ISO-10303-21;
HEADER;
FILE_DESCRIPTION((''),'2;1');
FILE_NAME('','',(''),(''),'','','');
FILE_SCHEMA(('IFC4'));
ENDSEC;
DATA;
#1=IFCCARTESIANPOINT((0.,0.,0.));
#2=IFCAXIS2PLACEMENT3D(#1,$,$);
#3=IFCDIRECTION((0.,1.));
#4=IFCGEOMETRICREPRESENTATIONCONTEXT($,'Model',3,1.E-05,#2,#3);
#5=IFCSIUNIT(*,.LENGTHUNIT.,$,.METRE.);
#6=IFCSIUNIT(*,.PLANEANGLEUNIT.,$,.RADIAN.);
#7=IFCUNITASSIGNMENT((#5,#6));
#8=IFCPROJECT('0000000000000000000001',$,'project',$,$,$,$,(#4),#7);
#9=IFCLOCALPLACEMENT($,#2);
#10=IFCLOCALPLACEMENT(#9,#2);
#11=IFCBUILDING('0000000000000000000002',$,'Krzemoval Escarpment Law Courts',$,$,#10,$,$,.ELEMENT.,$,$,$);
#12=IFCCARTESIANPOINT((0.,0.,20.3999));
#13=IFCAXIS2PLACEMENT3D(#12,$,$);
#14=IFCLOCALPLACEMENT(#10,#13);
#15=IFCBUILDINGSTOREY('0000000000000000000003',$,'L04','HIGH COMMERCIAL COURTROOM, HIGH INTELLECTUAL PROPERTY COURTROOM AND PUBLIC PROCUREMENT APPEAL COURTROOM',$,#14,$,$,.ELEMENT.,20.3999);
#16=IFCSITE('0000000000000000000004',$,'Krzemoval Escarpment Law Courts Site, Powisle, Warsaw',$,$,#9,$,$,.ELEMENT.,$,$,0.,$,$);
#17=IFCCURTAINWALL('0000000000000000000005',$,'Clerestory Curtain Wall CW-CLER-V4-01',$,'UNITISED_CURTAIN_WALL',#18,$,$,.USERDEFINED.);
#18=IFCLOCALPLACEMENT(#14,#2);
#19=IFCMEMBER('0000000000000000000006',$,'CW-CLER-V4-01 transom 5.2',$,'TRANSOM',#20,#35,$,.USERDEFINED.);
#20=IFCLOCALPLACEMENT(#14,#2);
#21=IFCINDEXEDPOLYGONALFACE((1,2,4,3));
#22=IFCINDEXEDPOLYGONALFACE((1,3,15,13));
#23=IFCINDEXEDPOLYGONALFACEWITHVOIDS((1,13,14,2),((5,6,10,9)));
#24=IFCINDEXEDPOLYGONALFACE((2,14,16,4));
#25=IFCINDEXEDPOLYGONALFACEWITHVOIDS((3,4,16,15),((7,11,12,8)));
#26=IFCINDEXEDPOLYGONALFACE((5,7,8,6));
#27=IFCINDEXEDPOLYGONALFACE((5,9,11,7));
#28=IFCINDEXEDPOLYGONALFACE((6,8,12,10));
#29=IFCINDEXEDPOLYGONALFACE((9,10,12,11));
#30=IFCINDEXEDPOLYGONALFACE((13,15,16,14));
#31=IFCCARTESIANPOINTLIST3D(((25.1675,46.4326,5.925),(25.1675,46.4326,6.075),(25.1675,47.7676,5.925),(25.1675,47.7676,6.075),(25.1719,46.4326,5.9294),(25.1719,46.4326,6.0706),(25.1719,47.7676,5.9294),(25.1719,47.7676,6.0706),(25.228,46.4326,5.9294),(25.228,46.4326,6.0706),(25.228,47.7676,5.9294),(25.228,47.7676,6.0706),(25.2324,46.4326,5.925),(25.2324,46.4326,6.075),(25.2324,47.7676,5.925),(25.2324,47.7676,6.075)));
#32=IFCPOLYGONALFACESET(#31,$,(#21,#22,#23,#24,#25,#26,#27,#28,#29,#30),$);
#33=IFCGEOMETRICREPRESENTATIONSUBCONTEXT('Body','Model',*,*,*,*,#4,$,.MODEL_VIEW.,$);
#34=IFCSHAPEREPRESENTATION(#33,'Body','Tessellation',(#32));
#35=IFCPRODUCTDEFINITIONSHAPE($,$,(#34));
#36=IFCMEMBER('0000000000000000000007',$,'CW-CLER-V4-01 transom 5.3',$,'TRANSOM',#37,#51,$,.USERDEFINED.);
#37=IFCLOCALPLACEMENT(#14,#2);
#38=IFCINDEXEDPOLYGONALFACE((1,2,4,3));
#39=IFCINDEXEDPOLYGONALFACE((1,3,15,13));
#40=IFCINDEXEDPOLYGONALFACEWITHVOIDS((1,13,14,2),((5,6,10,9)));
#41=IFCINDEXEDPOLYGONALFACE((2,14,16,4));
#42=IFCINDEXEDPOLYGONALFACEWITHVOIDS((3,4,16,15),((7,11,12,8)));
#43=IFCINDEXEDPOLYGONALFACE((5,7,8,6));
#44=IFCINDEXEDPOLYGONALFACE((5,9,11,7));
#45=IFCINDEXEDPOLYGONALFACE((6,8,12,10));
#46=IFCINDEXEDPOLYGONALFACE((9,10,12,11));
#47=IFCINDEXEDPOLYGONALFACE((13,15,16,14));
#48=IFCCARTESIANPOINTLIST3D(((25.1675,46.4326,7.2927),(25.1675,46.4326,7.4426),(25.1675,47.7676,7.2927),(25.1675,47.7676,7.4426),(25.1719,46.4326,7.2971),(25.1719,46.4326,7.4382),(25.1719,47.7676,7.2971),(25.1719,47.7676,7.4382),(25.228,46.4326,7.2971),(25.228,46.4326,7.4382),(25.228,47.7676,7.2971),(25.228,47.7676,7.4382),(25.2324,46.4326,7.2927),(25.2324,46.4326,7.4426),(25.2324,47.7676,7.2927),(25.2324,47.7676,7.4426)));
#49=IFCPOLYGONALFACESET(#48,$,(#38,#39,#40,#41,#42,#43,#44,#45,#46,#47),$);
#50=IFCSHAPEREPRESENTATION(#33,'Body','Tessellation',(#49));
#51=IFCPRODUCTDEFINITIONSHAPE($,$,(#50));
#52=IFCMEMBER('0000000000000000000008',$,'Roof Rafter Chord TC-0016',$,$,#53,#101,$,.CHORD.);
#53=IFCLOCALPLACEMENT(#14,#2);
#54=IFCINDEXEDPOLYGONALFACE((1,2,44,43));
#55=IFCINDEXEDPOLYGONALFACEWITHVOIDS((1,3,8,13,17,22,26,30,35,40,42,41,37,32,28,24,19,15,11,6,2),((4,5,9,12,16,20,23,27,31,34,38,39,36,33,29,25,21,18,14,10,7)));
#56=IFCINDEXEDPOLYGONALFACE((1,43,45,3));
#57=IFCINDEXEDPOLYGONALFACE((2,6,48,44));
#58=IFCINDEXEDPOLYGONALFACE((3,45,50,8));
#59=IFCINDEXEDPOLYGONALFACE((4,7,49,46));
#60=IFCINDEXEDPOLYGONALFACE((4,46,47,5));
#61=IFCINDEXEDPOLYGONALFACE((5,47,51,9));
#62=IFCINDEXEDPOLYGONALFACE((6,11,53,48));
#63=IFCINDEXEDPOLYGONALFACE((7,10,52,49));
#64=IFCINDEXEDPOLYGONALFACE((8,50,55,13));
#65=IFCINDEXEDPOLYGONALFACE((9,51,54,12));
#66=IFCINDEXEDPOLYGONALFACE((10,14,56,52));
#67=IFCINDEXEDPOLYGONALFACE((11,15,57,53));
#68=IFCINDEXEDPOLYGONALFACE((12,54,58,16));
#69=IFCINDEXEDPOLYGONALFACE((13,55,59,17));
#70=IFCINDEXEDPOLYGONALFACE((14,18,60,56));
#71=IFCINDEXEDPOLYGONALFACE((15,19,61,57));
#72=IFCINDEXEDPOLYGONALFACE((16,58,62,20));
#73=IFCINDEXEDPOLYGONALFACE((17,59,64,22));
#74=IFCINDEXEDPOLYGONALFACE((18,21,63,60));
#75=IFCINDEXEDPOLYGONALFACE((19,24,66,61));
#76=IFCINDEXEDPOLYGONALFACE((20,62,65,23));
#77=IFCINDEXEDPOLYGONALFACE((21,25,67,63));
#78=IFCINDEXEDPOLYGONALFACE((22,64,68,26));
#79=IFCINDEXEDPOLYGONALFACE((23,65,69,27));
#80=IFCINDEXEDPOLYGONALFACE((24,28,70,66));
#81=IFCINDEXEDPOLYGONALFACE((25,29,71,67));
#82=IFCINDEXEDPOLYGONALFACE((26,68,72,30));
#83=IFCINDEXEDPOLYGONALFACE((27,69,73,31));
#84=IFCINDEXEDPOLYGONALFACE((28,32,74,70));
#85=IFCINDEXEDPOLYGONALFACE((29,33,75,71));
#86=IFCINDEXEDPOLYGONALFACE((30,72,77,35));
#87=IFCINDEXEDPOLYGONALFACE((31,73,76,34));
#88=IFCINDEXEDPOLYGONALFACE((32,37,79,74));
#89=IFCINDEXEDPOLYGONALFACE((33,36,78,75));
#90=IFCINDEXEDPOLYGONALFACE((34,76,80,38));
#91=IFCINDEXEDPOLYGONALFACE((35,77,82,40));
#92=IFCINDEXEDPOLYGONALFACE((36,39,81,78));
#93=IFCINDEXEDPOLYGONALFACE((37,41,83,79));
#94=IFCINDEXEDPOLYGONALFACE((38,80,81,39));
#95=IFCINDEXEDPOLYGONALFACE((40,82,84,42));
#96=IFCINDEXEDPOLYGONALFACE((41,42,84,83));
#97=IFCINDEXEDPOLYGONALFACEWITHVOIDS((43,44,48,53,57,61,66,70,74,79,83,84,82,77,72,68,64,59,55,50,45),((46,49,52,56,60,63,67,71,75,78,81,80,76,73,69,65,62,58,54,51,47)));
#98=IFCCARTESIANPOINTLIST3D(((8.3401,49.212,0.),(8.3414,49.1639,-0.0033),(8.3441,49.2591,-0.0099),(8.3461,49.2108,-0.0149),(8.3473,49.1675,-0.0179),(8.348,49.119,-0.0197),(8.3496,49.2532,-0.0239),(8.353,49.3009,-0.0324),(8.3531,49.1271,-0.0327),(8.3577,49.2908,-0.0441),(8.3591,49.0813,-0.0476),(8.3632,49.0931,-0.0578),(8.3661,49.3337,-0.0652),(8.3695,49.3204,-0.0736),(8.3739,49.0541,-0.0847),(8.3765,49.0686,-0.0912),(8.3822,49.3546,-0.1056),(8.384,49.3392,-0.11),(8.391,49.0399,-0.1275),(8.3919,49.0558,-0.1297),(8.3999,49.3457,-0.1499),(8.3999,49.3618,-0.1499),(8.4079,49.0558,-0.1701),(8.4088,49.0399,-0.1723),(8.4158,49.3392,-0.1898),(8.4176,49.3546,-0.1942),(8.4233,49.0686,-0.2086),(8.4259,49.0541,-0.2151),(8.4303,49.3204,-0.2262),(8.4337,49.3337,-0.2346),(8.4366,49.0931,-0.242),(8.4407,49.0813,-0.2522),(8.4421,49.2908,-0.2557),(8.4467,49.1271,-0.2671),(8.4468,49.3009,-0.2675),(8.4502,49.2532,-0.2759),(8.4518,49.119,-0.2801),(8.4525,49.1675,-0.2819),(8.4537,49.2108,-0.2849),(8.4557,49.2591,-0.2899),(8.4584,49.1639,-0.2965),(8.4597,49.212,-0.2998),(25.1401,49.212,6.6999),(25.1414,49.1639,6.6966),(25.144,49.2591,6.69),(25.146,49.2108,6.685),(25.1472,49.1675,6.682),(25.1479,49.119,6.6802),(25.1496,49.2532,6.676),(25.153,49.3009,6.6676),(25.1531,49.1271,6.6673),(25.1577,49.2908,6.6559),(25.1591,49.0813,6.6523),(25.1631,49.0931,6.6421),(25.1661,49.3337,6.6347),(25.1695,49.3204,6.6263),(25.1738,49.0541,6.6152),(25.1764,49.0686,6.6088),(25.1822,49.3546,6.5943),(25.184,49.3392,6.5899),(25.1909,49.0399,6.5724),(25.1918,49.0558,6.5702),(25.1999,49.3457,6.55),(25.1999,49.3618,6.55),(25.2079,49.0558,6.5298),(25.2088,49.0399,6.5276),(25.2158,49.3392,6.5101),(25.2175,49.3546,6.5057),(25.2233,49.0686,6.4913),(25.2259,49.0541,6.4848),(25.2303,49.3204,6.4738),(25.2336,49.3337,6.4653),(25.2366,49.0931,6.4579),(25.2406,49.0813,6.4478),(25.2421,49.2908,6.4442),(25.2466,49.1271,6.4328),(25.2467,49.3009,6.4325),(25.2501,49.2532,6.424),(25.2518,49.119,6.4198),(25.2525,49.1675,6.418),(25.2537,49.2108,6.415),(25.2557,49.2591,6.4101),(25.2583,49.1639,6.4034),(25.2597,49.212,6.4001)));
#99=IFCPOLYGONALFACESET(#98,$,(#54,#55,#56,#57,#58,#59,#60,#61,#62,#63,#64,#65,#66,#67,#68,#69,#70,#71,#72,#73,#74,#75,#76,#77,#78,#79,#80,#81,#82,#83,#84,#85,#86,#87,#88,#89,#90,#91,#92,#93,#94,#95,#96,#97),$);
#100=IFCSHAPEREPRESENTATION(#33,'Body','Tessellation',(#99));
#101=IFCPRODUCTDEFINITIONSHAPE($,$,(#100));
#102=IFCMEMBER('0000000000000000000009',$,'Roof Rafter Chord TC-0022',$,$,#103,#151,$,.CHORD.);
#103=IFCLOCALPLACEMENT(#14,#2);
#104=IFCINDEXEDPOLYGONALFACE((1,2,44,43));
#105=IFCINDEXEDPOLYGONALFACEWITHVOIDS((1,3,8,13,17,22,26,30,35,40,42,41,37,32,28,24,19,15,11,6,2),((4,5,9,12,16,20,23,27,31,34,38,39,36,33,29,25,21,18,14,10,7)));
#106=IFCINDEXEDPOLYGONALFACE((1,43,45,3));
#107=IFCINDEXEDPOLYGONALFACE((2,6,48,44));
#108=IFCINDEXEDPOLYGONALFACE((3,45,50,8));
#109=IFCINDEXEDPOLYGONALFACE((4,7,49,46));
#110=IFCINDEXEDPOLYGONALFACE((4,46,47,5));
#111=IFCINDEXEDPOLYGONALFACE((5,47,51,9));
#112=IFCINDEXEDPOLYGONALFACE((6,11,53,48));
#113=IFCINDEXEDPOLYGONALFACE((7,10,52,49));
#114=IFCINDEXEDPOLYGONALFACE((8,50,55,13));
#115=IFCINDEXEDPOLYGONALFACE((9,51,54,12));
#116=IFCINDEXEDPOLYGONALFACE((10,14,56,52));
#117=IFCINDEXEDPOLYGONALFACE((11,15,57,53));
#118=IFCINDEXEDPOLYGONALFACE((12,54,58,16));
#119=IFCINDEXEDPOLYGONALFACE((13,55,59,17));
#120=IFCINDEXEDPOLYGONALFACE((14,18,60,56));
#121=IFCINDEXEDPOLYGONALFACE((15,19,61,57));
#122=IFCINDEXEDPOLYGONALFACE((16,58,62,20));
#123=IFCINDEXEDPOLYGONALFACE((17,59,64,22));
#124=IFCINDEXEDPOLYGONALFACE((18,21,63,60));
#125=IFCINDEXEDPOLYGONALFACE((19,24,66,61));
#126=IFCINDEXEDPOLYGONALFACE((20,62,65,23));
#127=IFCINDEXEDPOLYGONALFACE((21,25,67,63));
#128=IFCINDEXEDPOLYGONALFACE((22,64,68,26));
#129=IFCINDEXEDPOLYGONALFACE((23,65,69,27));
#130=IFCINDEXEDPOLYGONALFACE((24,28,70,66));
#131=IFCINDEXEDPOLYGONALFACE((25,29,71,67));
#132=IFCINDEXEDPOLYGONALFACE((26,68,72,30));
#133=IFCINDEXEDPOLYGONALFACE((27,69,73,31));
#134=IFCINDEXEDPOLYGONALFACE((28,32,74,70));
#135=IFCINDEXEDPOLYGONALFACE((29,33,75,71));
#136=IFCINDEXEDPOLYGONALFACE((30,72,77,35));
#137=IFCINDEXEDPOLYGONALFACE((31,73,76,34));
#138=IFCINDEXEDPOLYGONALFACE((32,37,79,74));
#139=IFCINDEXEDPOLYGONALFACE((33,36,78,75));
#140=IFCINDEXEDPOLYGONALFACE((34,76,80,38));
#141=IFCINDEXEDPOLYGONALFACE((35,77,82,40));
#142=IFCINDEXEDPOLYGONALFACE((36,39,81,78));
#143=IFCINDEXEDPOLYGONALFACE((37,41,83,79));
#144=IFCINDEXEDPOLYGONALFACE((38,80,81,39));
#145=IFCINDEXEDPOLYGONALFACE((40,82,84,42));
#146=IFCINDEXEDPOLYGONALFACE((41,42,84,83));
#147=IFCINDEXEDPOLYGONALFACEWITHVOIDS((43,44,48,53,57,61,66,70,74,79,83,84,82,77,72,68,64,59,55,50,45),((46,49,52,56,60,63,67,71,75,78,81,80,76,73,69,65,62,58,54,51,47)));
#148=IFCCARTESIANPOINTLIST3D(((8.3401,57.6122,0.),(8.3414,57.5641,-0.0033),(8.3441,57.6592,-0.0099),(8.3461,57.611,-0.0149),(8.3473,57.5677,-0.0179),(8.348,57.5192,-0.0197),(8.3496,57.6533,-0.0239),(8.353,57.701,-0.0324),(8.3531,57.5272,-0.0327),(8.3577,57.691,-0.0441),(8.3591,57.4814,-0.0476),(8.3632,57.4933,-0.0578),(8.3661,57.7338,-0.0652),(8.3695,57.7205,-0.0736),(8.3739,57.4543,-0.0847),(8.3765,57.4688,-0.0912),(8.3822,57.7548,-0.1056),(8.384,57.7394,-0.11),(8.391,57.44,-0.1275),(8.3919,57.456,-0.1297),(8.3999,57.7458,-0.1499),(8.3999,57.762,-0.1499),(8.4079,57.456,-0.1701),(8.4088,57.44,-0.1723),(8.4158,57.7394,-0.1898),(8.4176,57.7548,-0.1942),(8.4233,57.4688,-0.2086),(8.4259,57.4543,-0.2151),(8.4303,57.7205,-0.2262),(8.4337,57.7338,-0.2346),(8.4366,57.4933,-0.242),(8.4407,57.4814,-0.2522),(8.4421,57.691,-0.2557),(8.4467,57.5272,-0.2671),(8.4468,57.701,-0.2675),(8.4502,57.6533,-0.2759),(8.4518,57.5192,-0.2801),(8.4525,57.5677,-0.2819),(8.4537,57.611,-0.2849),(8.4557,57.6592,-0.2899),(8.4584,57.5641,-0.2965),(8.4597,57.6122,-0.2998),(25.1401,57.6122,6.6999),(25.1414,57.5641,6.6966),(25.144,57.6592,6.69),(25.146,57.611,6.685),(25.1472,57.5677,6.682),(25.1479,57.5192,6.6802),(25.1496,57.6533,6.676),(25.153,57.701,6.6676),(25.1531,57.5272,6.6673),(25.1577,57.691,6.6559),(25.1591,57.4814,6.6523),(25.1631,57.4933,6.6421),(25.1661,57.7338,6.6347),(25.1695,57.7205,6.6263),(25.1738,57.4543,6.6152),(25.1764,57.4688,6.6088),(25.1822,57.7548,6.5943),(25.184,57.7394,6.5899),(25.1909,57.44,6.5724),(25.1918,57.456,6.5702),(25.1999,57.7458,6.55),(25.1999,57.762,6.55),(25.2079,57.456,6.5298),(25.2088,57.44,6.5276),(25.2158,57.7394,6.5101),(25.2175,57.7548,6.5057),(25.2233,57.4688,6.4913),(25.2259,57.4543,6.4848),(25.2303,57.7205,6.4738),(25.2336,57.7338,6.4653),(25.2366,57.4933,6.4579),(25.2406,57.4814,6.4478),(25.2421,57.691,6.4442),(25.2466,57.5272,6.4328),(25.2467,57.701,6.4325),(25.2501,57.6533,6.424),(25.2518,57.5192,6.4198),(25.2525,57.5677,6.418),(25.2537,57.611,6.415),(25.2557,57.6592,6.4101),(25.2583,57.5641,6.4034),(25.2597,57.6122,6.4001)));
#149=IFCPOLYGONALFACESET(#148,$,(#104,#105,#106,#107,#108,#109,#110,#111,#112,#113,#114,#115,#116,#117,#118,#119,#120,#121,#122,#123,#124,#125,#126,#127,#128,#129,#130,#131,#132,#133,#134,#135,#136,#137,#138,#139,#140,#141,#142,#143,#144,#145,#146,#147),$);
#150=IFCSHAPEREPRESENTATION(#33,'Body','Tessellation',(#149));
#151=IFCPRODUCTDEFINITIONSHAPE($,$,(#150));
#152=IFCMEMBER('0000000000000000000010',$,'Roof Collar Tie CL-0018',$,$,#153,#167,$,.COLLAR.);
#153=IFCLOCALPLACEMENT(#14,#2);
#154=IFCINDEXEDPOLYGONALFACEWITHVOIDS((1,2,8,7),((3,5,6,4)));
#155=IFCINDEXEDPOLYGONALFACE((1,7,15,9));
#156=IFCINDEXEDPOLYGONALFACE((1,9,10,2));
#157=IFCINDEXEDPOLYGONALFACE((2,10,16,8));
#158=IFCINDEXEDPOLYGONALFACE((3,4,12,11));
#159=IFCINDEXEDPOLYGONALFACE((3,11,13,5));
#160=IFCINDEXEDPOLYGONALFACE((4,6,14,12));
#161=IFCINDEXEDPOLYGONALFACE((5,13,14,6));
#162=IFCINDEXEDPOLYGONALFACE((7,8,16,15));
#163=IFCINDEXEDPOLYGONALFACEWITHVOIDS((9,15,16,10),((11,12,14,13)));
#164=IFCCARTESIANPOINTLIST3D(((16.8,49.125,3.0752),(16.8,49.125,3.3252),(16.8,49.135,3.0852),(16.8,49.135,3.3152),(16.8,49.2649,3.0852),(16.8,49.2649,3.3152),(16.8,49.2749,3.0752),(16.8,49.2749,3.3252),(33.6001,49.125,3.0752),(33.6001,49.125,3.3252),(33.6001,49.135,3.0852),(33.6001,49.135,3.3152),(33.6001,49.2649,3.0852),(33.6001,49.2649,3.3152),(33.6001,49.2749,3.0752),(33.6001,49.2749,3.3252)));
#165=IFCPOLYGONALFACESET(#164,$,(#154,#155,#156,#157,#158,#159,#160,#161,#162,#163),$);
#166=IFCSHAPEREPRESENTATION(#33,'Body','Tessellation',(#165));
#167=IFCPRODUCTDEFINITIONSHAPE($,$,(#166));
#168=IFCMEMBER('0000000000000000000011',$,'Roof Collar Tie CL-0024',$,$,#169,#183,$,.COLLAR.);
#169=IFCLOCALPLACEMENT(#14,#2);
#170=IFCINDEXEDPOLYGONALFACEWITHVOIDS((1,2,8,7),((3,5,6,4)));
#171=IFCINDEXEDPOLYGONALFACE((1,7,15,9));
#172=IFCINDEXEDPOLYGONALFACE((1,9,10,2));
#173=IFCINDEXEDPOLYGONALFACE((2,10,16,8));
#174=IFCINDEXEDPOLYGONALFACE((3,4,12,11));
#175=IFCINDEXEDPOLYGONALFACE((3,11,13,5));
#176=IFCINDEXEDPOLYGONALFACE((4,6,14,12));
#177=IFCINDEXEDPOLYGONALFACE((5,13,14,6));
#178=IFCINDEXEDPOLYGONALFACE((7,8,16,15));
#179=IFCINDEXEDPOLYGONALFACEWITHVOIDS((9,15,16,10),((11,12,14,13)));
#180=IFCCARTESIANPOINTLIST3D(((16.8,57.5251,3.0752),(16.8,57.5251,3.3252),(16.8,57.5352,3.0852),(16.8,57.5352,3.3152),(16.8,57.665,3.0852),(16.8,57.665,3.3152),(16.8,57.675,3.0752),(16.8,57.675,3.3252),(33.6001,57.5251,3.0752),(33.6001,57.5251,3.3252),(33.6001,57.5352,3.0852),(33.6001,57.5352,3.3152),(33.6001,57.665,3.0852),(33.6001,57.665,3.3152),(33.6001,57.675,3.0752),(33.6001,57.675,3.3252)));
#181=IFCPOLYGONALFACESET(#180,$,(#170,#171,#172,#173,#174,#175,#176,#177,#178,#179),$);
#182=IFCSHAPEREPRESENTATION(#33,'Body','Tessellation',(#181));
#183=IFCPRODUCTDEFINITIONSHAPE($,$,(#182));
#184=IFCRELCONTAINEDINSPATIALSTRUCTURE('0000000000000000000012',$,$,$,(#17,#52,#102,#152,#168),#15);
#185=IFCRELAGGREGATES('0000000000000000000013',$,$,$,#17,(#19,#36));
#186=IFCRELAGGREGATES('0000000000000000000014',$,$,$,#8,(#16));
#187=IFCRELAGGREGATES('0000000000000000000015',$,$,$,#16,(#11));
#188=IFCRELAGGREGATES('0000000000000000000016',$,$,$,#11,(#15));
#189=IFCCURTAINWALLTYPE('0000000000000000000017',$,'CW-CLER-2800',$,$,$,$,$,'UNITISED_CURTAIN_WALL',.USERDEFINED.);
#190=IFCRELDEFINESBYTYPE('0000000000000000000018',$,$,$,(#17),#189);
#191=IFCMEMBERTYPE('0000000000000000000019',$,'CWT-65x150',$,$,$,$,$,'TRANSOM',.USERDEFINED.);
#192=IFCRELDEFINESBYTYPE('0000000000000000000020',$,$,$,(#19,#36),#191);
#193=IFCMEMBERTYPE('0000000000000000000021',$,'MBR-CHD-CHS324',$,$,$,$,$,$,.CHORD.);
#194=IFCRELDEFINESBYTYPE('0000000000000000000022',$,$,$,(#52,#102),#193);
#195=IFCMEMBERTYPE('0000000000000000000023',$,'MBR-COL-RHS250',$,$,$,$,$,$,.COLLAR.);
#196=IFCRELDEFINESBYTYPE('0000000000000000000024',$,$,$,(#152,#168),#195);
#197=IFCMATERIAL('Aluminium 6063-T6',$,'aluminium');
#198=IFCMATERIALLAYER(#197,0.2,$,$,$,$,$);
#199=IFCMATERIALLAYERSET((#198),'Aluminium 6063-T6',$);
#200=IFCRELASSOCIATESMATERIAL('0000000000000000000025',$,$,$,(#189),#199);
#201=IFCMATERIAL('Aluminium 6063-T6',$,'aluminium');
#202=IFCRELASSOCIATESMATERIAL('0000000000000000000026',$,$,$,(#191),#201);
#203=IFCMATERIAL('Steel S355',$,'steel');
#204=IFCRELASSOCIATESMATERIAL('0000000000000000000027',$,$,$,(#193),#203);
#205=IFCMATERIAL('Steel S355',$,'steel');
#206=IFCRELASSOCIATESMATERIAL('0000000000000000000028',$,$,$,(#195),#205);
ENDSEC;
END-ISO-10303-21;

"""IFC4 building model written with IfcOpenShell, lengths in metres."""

from ifc_helpers import new_model, si_unit, direction, frame, origin, origin_2d, place, context, subcontext, project, spatial, hollow_rectangle, hollow_circle, extrude, material, layer, layer_set, material_profile, profile_set, type_object, element, aggregate, save


model = new_model("IFC4")

# Units and contexts
model_context = context("Model", 3, precision=1e-05, world=origin(), true_north=direction((0.0, 1.0)))
body_context = subcontext(model_context, "Body", "Model", "MODEL_VIEW")
ifc_project = project(units=[si_unit("LENGTHUNIT", "METRE"), si_unit("PLANEANGLEUNIT", "RADIAN")], contexts=[model_context])

# Site, building, storey
site_placement = place(None, origin())
site = spatial("IfcSite", under=ifc_project, at=site_placement, Name="Krzemoval Escarpment Law Courts Site, Powisle, Warsaw", CompositionType="ELEMENT", RefElevation=0.0)
building_placement = place(site_placement, origin())
building = spatial("IfcBuilding", under=site, at=building_placement, Name="Krzemoval Escarpment Law Courts", CompositionType="ELEMENT")
storey_placement = place(building_placement, frame((0.0, 0.0, 20.3999)))
storey = spatial("IfcBuildingStorey", under=building, at=storey_placement, Name="L04", Description="HIGH COMMERCIAL COURTROOM, HIGH INTELLECTUAL PROPERTY COURTROOM AND PUBLIC PROCUREMENT APPEAL COURTROOM", CompositionType="ELEMENT", Elevation=20.3999)

# Curtain wall, members
ifc_material_1 = material(Name="Aluminium 6063-T6", Category="aluminium")
ifc_layer_1 = layer(ifc_material_1, 0.2)
ifc_layer_set_1 = layer_set([ifc_layer_1], Name="Aluminium 6063-T6")
curtain_wall_type = type_object("IfcCurtainWallType", Name="CW-CLER-2800", ElementType="UNITISED_CURTAIN_WALL", PredefinedType="USERDEFINED", material=ifc_layer_set_1)
curtain_wall_placement = place(storey_placement, origin())
curtain_wall = element("IfcCurtainWall", 1, at=curtain_wall_placement, inside=storey, type_object=curtain_wall_type, Name="Clerestory Curtain Wall CW-CLER-V4-01", ObjectType="UNITISED_CURTAIN_WALL", PredefinedType="USERDEFINED")
ifc_material_2 = material(Name="Aluminium 6063-T6", Category="aluminium")
ifc_material_profile_1 = material_profile(ifc_material_2, hollow_rectangle(XDim=0.0649, YDim=0.1499, WallThickness=0.0044, at=origin_2d()), Name="ALU T65x150")
ifc_profile_set_1 = profile_set([ifc_material_profile_1], Name="Aluminium 6063-T6")
member_type_1 = type_object("IfcMemberType", Name="CWT-65x150", ElementType="TRANSOM", PredefinedType="USERDEFINED", material=ifc_profile_set_1)
member_1_placement = place(storey_placement, frame((25.2, 46.4326, 6.0), z_axis=(0.0, 1.0, 0.0), x_axis=(-1.0, 0.0, 0.0)))
member_1 = element("IfcMember", 2, at=member_1_placement, type_object=member_type_1, Name="CW-CLER-V4-01 transom 5.2", ObjectType="TRANSOM", PredefinedType="USERDEFINED", context=body_context, shape_type="SweptSolid", body=[
    extrude(hollow_rectangle(XDim=0.0649, YDim=0.1499, WallThickness=0.0044, at=origin_2d()), origin(), (0.0, 0.0, 1.0), 1.335),
])
member_2_placement = place(storey_placement, frame((25.2, 46.4326, 7.3677), z_axis=(0.0, 1.0, 0.0), x_axis=(-1.0, 0.0, 0.0)))
member_2 = element("IfcMember", 3, at=member_2_placement, type_object=member_type_1, Name="CW-CLER-V4-01 transom 5.3", ObjectType="TRANSOM", PredefinedType="USERDEFINED", context=body_context, shape_type="SweptSolid", body=[
    extrude(hollow_rectangle(XDim=0.0649, YDim=0.1499, WallThickness=0.0044, at=origin_2d()), origin(), (0.0, 0.0, 1.0), 1.335),
])

# Members
ifc_material_3 = material(Name="Steel S355", Category="steel")
ifc_material_profile_2 = material_profile(ifc_material_3, hollow_circle(Radius=0.1619, WallThickness=0.0161, at=origin_2d()), Name="CHS 323.9x16")
ifc_profile_set_2 = profile_set([ifc_material_profile_2], Name="Steel S355")
member_type_2 = type_object("IfcMemberType", Name="MBR-CHD-CHS324", PredefinedType="CHORD", material=ifc_profile_set_2)
for number, where, z_axis, x_axis, name in (
    (4, (8.3999, 49.2, -0.1499), (0.928859, 0.0, 0.370434), (0.0, 1.0, 0.0), "Roof Rafter Chord TC-0016"),
    (5, (8.3999, 57.6001, -0.1499), (0.928859, 0.0, 0.370434), (0.0, 1.0, 0.0), "Roof Rafter Chord TC-0022"),
):
    element("IfcMember", number, at=place(storey_placement, frame(where, z_axis=z_axis, x_axis=x_axis)), inside=storey, type_object=member_type_2, Name=name, PredefinedType="CHORD", context=body_context, shape_type="SweptSolid", body=[
        extrude(hollow_circle(Radius=0.1619, WallThickness=0.0161, at=origin_2d()), origin(), (0.0, 0.0, 1.0), 18.0867),
    ])
ifc_material_4 = material(Name="Steel S355", Category="steel")
ifc_material_profile_3 = material_profile(ifc_material_4, hollow_rectangle(XDim=0.1499, YDim=0.25, WallThickness=0.01, at=origin_2d()), Name="RHS 250x150x10")
ifc_profile_set_3 = profile_set([ifc_material_profile_3], Name="Steel S355")
member_type_3 = type_object("IfcMemberType", Name="MBR-COL-RHS250", PredefinedType="COLLAR", material=ifc_profile_set_3)
for number, where, z_axis, x_axis, name in (
    (6, (16.8, 49.2, 3.2002), (1.0, 0.0, 0.0), (0.0, 1.0, 0.0), "Roof Collar Tie CL-0018"),
    (7, (16.8, 57.6001, 3.2002), (1.0, 0.0, 0.0), (0.0, 1.0, 0.0), "Roof Collar Tie CL-0024"),
):
    element("IfcMember", number, at=place(storey_placement, frame(where, z_axis=z_axis, x_axis=x_axis)), inside=storey, type_object=member_type_3, Name=name, PredefinedType="COLLAR", context=body_context, shape_type="SweptSolid", body=[
        extrude(hollow_rectangle(XDim=0.1499, YDim=0.25, WallThickness=0.01, at=origin_2d()), origin(), (0.0, 0.0, 1.0), 16.8),
    ])

aggregate(curtain_wall, [member_1, member_2])

save(model, "model.ifc")
